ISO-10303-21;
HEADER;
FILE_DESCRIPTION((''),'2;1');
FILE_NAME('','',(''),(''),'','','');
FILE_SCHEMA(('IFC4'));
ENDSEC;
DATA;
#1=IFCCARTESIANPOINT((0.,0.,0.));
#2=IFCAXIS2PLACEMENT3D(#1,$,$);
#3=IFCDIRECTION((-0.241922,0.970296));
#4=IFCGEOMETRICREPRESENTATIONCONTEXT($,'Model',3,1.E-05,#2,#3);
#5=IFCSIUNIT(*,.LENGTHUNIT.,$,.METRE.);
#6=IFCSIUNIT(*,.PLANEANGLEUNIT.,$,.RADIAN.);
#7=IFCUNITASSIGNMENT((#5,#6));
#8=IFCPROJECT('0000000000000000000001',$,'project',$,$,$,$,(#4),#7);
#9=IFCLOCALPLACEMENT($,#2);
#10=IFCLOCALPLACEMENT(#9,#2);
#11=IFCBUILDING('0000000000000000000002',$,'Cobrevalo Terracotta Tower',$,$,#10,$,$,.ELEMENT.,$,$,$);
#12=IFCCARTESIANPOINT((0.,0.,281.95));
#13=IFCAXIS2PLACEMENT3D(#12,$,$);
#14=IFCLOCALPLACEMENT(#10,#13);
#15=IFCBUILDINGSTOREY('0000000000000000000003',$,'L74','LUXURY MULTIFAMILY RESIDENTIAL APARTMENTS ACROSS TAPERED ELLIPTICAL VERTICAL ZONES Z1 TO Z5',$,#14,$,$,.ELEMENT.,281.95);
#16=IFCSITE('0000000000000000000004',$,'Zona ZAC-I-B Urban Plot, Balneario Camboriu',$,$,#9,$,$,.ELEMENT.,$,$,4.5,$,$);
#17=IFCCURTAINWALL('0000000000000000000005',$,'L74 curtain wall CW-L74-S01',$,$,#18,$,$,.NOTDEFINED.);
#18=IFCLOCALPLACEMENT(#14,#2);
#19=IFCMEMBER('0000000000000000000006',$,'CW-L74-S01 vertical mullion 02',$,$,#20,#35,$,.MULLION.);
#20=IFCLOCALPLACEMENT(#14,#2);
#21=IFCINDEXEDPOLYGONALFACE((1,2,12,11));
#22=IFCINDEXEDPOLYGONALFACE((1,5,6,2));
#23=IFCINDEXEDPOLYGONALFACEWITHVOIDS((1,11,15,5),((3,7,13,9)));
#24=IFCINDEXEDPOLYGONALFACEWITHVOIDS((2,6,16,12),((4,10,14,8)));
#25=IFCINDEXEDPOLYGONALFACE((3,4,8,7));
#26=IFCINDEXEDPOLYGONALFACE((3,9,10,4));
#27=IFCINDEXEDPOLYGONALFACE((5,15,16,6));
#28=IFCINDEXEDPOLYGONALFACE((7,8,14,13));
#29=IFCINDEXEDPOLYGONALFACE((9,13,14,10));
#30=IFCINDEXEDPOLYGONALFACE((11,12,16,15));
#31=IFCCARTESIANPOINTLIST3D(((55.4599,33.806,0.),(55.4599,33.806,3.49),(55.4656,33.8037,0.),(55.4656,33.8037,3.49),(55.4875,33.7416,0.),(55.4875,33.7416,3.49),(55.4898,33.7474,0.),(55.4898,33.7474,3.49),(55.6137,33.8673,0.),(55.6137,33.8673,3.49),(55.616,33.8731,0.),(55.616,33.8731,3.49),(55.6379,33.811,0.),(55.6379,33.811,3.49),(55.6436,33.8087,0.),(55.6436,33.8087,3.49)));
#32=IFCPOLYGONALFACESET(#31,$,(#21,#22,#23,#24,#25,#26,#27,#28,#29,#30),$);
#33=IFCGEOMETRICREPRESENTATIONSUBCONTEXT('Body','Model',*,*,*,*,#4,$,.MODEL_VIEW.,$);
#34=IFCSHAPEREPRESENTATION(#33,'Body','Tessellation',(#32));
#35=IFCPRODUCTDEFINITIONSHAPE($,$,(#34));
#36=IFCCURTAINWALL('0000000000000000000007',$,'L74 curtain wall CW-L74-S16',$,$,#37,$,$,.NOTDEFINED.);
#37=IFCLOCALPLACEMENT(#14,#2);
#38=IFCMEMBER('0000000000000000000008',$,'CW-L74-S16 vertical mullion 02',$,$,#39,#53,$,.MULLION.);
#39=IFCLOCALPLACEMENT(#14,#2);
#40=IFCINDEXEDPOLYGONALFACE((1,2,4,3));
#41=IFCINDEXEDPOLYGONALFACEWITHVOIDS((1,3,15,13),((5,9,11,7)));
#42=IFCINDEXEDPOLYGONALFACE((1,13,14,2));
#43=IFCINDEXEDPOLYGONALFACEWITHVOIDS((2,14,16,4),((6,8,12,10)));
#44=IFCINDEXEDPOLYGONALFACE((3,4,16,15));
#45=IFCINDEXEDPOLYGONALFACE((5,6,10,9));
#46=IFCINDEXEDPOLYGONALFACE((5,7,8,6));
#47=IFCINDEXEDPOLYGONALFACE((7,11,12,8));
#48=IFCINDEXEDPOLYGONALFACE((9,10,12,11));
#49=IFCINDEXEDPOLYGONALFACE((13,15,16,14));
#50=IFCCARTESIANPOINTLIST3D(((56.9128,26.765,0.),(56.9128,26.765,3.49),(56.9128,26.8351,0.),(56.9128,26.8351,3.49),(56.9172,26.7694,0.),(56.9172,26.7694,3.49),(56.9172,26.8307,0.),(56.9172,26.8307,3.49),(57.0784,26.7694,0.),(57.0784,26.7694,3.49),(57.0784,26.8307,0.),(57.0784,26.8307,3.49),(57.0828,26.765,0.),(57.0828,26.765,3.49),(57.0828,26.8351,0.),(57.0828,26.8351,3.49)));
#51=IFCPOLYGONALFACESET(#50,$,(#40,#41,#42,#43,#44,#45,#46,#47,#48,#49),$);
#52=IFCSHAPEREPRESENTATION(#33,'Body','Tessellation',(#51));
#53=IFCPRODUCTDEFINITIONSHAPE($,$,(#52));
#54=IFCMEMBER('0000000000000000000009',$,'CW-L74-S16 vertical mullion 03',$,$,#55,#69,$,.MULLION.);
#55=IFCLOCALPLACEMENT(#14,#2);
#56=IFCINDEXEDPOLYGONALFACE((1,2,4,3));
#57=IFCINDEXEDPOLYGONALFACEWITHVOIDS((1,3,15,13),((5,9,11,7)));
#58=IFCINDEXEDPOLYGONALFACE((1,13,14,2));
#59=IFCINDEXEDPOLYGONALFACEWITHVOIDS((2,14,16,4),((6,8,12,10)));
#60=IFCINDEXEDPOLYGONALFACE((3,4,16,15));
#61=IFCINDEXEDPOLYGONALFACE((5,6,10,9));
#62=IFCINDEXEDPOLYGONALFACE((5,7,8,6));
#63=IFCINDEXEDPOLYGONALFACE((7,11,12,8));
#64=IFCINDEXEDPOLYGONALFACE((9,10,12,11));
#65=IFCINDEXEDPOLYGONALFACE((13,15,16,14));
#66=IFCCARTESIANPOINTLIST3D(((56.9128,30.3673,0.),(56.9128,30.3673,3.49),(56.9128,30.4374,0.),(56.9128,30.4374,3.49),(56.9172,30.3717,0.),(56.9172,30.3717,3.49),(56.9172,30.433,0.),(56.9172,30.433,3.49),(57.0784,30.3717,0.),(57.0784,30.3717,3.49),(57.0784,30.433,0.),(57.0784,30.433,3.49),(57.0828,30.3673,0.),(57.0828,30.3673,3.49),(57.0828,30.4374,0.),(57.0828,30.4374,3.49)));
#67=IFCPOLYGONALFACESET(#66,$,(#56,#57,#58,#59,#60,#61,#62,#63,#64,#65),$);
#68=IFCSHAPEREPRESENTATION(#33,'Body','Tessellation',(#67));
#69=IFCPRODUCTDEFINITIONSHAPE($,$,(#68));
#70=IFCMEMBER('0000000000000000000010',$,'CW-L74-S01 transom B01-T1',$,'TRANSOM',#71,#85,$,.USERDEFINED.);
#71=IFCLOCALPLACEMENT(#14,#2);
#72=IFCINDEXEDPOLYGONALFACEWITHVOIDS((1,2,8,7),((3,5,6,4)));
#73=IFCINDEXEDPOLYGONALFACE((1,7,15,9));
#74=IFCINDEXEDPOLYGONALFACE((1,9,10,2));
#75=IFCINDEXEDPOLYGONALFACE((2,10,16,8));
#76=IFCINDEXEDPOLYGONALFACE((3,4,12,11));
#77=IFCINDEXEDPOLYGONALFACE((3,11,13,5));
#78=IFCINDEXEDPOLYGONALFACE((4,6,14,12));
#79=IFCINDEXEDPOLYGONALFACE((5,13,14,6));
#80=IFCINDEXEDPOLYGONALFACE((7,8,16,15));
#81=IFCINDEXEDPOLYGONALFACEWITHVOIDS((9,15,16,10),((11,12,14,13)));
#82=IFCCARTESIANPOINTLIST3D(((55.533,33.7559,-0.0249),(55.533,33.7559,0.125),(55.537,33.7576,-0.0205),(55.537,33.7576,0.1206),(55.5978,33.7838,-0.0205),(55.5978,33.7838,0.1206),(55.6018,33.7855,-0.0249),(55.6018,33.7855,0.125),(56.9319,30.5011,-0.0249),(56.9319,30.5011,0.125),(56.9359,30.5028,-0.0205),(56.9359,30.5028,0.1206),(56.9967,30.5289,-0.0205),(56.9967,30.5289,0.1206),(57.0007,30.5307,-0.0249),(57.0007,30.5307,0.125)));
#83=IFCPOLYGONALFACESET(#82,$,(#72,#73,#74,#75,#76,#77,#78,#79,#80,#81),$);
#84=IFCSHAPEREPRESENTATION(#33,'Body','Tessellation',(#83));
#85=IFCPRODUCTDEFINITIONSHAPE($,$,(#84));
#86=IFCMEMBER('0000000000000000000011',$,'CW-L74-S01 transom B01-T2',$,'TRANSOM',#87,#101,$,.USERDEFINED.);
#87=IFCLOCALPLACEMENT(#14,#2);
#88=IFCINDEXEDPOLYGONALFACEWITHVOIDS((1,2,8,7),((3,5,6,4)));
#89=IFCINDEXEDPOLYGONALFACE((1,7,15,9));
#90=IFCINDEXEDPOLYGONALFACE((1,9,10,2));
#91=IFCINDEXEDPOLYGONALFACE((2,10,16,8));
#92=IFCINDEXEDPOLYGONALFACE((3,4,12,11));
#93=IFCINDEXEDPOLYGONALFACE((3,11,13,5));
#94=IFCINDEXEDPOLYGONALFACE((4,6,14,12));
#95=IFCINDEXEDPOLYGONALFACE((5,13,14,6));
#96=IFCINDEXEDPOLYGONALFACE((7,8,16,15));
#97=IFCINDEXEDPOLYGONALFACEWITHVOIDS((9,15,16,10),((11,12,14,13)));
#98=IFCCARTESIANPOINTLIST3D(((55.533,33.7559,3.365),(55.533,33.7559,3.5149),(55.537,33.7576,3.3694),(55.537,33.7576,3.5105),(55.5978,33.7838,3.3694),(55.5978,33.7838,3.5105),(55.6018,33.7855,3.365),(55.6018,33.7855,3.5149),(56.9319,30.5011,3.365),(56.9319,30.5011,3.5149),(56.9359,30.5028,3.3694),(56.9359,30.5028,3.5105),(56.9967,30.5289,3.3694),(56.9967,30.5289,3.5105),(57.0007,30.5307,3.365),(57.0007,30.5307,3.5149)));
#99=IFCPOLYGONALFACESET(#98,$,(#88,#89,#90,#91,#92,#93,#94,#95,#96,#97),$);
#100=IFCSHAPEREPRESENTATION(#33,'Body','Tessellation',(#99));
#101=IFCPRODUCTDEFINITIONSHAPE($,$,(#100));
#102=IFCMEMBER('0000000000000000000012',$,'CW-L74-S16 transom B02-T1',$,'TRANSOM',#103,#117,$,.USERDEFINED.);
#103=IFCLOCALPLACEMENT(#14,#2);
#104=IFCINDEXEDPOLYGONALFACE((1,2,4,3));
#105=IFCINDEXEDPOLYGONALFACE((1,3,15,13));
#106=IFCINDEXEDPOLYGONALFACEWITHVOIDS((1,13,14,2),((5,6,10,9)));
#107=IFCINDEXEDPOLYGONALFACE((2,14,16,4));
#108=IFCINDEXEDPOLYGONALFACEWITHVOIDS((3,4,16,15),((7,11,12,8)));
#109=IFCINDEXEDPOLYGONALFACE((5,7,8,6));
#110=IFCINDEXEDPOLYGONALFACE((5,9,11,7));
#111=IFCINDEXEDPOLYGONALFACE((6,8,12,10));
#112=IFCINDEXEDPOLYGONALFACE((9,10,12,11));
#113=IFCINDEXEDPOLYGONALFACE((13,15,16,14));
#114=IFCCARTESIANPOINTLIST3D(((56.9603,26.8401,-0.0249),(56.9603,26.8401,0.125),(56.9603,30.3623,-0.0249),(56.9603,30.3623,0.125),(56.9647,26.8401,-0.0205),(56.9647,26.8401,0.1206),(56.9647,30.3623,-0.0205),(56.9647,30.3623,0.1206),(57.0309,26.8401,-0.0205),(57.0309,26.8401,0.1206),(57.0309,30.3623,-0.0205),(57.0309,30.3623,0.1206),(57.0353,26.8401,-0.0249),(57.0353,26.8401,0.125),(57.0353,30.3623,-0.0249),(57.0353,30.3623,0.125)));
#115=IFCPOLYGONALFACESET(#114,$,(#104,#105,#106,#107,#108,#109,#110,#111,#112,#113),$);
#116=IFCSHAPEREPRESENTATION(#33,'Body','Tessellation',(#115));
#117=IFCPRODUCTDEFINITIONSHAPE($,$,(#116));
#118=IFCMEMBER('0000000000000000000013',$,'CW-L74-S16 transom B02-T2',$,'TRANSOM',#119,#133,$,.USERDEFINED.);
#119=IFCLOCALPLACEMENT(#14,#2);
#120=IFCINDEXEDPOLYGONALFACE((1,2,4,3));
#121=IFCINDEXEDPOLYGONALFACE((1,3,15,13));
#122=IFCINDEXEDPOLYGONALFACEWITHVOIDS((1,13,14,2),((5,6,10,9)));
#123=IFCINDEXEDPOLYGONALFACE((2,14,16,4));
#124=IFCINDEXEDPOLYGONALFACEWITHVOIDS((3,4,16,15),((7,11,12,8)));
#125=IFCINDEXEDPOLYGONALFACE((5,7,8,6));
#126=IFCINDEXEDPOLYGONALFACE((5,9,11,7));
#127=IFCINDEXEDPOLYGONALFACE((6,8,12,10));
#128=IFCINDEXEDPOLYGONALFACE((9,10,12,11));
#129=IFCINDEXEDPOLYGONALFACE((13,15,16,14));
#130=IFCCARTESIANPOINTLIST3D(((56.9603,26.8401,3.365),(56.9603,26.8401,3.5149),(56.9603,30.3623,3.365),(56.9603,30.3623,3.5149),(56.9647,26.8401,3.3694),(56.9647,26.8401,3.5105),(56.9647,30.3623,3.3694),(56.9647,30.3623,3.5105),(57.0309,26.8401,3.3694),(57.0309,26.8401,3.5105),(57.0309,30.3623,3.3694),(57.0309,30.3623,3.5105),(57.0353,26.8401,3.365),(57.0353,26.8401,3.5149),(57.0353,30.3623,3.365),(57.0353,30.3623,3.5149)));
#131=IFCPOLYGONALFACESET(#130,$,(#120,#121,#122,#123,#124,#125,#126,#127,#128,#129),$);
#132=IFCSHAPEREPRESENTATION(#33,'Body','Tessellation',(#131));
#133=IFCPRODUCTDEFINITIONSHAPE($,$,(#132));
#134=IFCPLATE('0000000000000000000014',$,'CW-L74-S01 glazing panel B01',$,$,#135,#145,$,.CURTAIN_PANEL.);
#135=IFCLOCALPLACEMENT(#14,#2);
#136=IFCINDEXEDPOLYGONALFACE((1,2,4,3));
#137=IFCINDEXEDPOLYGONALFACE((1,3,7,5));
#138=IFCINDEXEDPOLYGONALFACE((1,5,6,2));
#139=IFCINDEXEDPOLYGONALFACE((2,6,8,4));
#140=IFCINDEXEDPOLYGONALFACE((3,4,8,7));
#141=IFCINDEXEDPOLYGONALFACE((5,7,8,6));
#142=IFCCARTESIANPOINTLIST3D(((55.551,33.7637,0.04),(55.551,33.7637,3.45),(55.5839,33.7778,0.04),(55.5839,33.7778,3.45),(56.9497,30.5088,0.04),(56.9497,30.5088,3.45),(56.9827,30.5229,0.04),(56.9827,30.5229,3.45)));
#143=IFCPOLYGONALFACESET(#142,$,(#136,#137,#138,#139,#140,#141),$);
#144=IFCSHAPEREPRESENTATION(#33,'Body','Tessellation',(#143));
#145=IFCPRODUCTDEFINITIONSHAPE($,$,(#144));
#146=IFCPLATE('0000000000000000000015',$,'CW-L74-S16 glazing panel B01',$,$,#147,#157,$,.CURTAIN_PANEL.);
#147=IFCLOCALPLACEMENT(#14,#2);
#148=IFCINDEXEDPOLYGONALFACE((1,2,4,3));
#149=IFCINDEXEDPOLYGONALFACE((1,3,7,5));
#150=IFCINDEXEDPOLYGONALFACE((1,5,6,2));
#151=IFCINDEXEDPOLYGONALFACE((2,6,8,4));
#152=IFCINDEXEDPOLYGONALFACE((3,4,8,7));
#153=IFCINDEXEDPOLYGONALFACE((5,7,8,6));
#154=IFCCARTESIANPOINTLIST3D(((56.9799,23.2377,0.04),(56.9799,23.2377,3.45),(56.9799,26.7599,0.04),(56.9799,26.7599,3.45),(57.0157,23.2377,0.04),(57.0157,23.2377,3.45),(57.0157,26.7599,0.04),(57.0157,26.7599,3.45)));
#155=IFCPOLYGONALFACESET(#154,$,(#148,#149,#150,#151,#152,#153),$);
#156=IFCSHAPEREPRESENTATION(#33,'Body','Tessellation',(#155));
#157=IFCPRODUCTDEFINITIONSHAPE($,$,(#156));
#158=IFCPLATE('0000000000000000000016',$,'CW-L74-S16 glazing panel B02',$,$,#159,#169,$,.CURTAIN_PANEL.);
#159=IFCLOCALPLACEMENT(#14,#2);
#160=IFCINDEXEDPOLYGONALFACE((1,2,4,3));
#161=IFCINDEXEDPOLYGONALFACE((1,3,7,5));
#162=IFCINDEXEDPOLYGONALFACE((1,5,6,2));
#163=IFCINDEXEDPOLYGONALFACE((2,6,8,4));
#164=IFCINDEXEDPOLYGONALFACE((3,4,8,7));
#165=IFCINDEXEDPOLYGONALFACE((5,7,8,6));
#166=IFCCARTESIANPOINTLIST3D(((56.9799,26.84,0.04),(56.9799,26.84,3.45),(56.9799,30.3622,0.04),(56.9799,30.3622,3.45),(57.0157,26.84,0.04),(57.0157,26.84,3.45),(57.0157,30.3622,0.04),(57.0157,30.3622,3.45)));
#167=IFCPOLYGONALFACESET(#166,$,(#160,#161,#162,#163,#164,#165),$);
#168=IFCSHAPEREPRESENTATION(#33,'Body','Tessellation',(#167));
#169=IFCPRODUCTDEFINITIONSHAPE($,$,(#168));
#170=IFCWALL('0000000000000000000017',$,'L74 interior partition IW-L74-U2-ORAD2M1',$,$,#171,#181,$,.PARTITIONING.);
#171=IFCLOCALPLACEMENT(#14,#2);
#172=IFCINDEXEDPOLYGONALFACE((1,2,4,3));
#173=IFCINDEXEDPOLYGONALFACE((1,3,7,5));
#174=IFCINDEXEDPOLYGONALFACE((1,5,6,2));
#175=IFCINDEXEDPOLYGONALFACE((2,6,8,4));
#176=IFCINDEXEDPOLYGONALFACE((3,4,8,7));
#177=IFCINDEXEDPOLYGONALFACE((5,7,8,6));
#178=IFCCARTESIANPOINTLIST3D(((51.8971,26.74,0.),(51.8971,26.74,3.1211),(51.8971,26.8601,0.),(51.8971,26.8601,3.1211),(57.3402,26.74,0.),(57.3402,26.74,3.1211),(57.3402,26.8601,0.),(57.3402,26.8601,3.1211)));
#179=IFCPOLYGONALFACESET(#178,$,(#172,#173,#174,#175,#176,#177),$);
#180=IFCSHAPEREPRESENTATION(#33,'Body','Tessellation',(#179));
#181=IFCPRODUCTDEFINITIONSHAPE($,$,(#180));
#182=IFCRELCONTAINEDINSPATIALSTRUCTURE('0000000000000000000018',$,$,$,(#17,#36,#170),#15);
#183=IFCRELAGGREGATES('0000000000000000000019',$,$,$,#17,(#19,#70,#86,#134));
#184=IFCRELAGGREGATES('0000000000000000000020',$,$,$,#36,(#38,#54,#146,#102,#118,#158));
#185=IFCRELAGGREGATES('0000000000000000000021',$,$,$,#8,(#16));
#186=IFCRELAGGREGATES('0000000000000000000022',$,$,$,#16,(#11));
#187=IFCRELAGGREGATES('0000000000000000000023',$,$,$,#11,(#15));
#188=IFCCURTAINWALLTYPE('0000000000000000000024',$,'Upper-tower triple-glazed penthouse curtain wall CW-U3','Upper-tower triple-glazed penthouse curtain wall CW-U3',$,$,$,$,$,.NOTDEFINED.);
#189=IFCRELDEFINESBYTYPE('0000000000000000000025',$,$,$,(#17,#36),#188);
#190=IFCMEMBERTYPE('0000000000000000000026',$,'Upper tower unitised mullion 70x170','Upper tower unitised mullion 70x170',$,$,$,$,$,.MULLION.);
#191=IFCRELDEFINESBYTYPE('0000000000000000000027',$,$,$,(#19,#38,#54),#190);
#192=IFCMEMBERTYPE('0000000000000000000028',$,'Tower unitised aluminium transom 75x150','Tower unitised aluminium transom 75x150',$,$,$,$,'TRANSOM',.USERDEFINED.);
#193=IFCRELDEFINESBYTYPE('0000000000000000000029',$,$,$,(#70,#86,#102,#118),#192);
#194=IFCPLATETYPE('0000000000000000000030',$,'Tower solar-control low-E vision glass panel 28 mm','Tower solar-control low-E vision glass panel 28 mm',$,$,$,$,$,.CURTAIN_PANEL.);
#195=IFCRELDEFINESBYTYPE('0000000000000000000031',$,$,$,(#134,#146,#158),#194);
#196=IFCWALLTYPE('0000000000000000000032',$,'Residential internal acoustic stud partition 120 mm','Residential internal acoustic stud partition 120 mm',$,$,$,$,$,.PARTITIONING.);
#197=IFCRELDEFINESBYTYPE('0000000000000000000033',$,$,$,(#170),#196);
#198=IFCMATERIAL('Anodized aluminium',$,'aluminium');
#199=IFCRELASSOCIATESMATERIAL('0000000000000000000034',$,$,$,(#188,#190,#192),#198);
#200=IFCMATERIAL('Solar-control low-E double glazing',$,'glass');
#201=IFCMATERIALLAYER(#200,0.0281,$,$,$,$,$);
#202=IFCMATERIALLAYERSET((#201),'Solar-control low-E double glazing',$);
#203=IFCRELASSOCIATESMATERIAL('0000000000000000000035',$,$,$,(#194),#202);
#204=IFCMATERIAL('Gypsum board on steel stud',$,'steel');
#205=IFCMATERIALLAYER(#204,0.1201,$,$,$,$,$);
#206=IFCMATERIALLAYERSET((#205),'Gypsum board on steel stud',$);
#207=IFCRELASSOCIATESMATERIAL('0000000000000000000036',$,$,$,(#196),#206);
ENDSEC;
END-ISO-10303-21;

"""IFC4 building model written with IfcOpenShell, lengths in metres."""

from ifc_helpers import new_model, si_unit, direction, frame, frame_2d, origin, origin_2d, place, context, subcontext, project, spatial, rectangle, hollow_rectangle, extrude, source, transform, mapped, material, layer, layer_set, material_profile, profile_set, type_object, element, aggregate, save


model = new_model("IFC4")

# Units and contexts
model_context = context("Model", 3, precision=1e-05, world=origin(), true_north=direction((-0.241922, 0.970296)))
body_context = subcontext(model_context, "Body", "Model", "MODEL_VIEW")
ifc_project = project(units=[si_unit("LENGTHUNIT", "METRE"), si_unit("PLANEANGLEUNIT", "RADIAN")], contexts=[model_context])

# Site, building, storey
site_placement = place(None, origin())
site = spatial("IfcSite", under=ifc_project, at=site_placement, Name="Zona ZAC-I-B Urban Plot, Balneario Camboriu", CompositionType="ELEMENT", RefElevation=4.5)
building_placement = place(site_placement, origin())
building = spatial("IfcBuilding", under=site, at=building_placement, Name="Cobrevalo Terracotta Tower", CompositionType="ELEMENT")
storey_placement = place(building_placement, frame((0.0, 0.0, 281.95)))
storey = spatial("IfcBuildingStorey", under=building, at=storey_placement, Name="L74", Description="LUXURY MULTIFAMILY RESIDENTIAL APARTMENTS ACROSS TAPERED ELLIPTICAL VERTICAL ZONES Z1 TO Z5", CompositionType="ELEMENT", Elevation=281.95)

# Curtain walls, members
ifc_material_1 = material(Name="Anodized aluminium", Category="aluminium")
curtain_wall_type = type_object("IfcCurtainWallType", Name="Upper-tower triple-glazed penthouse curtain wall CW-U3", Description="Upper-tower triple-glazed penthouse curtain wall CW-U3", PredefinedType="NOTDEFINED", material=ifc_material_1)
curtain_wall_1_placement = place(storey_placement, origin())
curtain_wall_1 = element("IfcCurtainWall", 1, at=curtain_wall_1_placement, inside=storey, type_object=curtain_wall_type, Name="L74 curtain wall CW-L74-S01", PredefinedType="NOTDEFINED")
ifc_material_profile_1 = material_profile(ifc_material_1, hollow_rectangle(XDim=0.0701, YDim=0.1699, WallThickness=0.0044, at=origin_2d()), Name="CWM 70x170")
ifc_profile_set_1 = profile_set([ifc_material_profile_1], Name="Anodized aluminium")
member_type_1 = type_object("IfcMemberType", Name="Upper tower unitised mullion 70x170", Description="Upper tower unitised mullion 70x170", PredefinedType="MULLION", material=ifc_profile_set_1)
shared_shape_1 = source(origin(), body_context, "Body", "SweptSolid", [
    extrude(hollow_rectangle(XDim=0.0701, YDim=0.1699, WallThickness=0.0044, at=origin_2d()), origin(), (0.0, 0.0, 1.0), 3.49),
])
member_1_placement = place(storey_placement, frame((55.5518, 33.8074, 0.0), z_axis=(0.0, 0.0, 1.0), x_axis=(-0.394824, 0.918757, 0.0)))
member_1 = element("IfcMember", 2, at=member_1_placement, type_object=member_type_1, Name="CW-L74-S01 vertical mullion 02", PredefinedType="MULLION", context=body_context, shape_type="MappedRepresentation", body=[
    mapped(shared_shape_1, transform((0.0, 0.0, 0.0), scale=1.0)),
])
curtain_wall_2_placement = place(storey_placement, origin())
curtain_wall_2 = element("IfcCurtainWall", 3, at=curtain_wall_2_placement, inside=storey, type_object=curtain_wall_type, Name="L74 curtain wall CW-L74-S16", PredefinedType="NOTDEFINED")
member_2_placement = place(storey_placement, frame((56.9978, 26.8, 0.0), z_axis=(0.0, 0.0, 1.0), x_axis=(0.0, 1.0, 0.0)))
member_2 = element("IfcMember", 4, at=member_2_placement, type_object=member_type_1, Name="CW-L74-S16 vertical mullion 02", PredefinedType="MULLION", context=body_context, shape_type="MappedRepresentation", body=[
    mapped(shared_shape_1, transform((0.0, 0.0, 0.0), scale=1.0)),
])
member_3_placement = place(storey_placement, frame((56.9978, 30.4023, 0.0), z_axis=(0.0, 0.0, 1.0), x_axis=(0.0, 1.0, 0.0)))
member_3 = element("IfcMember", 5, at=member_3_placement, type_object=member_type_1, Name="CW-L74-S16 vertical mullion 03", PredefinedType="MULLION", context=body_context, shape_type="MappedRepresentation", body=[
    mapped(shared_shape_1, transform((0.0, 0.0, 0.0), scale=1.0)),
])

# Members
ifc_material_profile_2 = material_profile(ifc_material_1, hollow_rectangle(XDim=0.075, YDim=0.1499, WallThickness=0.0044, at=origin_2d()), Name="CWT 75x150")
ifc_profile_set_2 = profile_set([ifc_material_profile_2], Name="Anodized aluminium")
member_type_2 = type_object("IfcMemberType", Name="Tower unitised aluminium transom 75x150", Description="Tower unitised aluminium transom 75x150", ElementType="TRANSOM", PredefinedType="USERDEFINED", material=ifc_profile_set_2)
shared_shape_2 = source(origin(), body_context, "Body", "SweptSolid", [
    extrude(hollow_rectangle(XDim=0.075, YDim=0.1499, WallThickness=0.0044, at=origin_2d()), origin(), (0.0, 0.0, 1.0), 3.5427),
])
member_4_placement = place(storey_placement, frame((56.9663, 30.5159, 0.05), z_axis=(-0.394867, 0.918738, 0.0), x_axis=(-0.918738, -0.394867, 0.0)))
member_4 = element("IfcMember", 6, at=member_4_placement, type_object=member_type_2, Name="CW-L74-S01 transom B01-T1", ObjectType="TRANSOM", PredefinedType="USERDEFINED", context=body_context, shape_type="MappedRepresentation", body=[
    mapped(shared_shape_2, transform((0.0, 0.0, 0.0), scale=1.0)),
])
member_5_placement = place(storey_placement, frame((56.9663, 30.5159, 3.4399), z_axis=(-0.394867, 0.918738, 0.0), x_axis=(-0.918738, -0.394867, 0.0)))
member_5 = element("IfcMember", 7, at=member_5_placement, type_object=member_type_2, Name="CW-L74-S01 transom B01-T2", ObjectType="TRANSOM", PredefinedType="USERDEFINED", context=body_context, shape_type="MappedRepresentation", body=[
    mapped(shared_shape_2, transform((0.0, 0.0, 0.0), scale=1.0)),
])
shared_shape_3 = source(origin(), body_context, "Body", "SweptSolid", [
    extrude(hollow_rectangle(XDim=0.075, YDim=0.1499, WallThickness=0.0044, at=origin_2d()), origin(), (0.0, 0.0, 1.0), 3.5222),
])
member_6_placement = place(storey_placement, frame((56.9978, 26.8401, 0.05), z_axis=(0.0, 1.0, 0.0), x_axis=(-1.0, 0.0, 0.0)))
member_6 = element("IfcMember", 8, at=member_6_placement, type_object=member_type_2, Name="CW-L74-S16 transom B02-T1", ObjectType="TRANSOM", PredefinedType="USERDEFINED", context=body_context, shape_type="MappedRepresentation", body=[
    mapped(shared_shape_3, transform((0.0, 0.0, 0.0), scale=1.0)),
])
member_7_placement = place(storey_placement, frame((56.9978, 26.8401, 3.4399), z_axis=(0.0, 1.0, 0.0), x_axis=(-1.0, 0.0, 0.0)))
member_7 = element("IfcMember", 9, at=member_7_placement, type_object=member_type_2, Name="CW-L74-S16 transom B02-T2", ObjectType="TRANSOM", PredefinedType="USERDEFINED", context=body_context, shape_type="MappedRepresentation", body=[
    mapped(shared_shape_3, transform((0.0, 0.0, 0.0), scale=1.0)),
])

# Plates
ifc_material_2 = material(Name="Solar-control low-E double glazing", Category="glass")
ifc_layer_1 = layer(ifc_material_2, 0.0281)
ifc_layer_set_1 = layer_set([ifc_layer_1], Name="Solar-control low-E double glazing")
plate_type = type_object("IfcPlateType", Name="Tower solar-control low-E vision glass panel 28 mm", Description="Tower solar-control low-E vision glass panel 28 mm", PredefinedType="CURTAIN_PANEL", material=ifc_layer_set_1)
shared_shape_4 = source(origin(), body_context, "Body", "SweptSolid", [
    extrude(rectangle(XDim=3.5427, YDim=0.0359, at=origin_2d()), origin(), (0.0, 0.0, 1.0), 3.4099),
])
plate_1_placement = place(storey_placement, frame((56.2668, 32.1433, 0.04), z_axis=(0.0, 0.0, 1.0), x_axis=(-0.394829, 0.918755, 0.0)))
plate_1 = element("IfcPlate", 10, at=plate_1_placement, type_object=plate_type, Name="CW-L74-S01 glazing panel B01", PredefinedType="CURTAIN_PANEL", context=body_context, shape_type="MappedRepresentation", body=[
    mapped(shared_shape_4, transform((0.0, 0.0, 0.0), scale=1.0)),
])
aggregate(curtain_wall_1, [member_1, member_4, member_5, plate_1])
shared_shape_5 = source(origin(), body_context, "Body", "SweptSolid", [
    extrude(rectangle(XDim=3.5222, YDim=0.0359, at=origin_2d()), origin(), (0.0, 0.0, 1.0), 3.4099),
])
plate_2_placement = place(storey_placement, frame((56.9978, 24.9988, 0.04), z_axis=(0.0, 0.0, 1.0), x_axis=(0.0, 1.0, 0.0)))
plate_2 = element("IfcPlate", 11, at=plate_2_placement, type_object=plate_type, Name="CW-L74-S16 glazing panel B01", PredefinedType="CURTAIN_PANEL", context=body_context, shape_type="MappedRepresentation", body=[
    mapped(shared_shape_5, transform((0.0, 0.0, 0.0), scale=1.0)),
])
plate_3_placement = place(storey_placement, frame((56.9978, 28.6011, 0.04), z_axis=(0.0, 0.0, 1.0), x_axis=(0.0, 1.0, 0.0)))
plate_3 = element("IfcPlate", 12, at=plate_3_placement, type_object=plate_type, Name="CW-L74-S16 glazing panel B02", PredefinedType="CURTAIN_PANEL", context=body_context, shape_type="MappedRepresentation", body=[
    mapped(shared_shape_5, transform((0.0, 0.0, 0.0), scale=1.0)),
])
aggregate(curtain_wall_2, [member_2, member_3, plate_2, member_6, member_7, plate_3])

# Wall
ifc_material_3 = material(Name="Gypsum board on steel stud", Category="steel")
ifc_layer_2 = layer(ifc_material_3, 0.1201)
ifc_layer_set_2 = layer_set([ifc_layer_2], Name="Gypsum board on steel stud")
wall_type = type_object("IfcWallType", Name="Residential internal acoustic stud partition 120 mm", Description="Residential internal acoustic stud partition 120 mm", PredefinedType="PARTITIONING", material=ifc_layer_set_2)
wall_1_placement = place(storey_placement, frame((51.897, 26.8, 0.0), z_axis=(0.0, 0.0, 1.0), x_axis=(1.0, 0.0, 0.0)))
element("IfcWall", 13, at=wall_1_placement, inside=storey, type_object=wall_type, Name="L74 interior partition IW-L74-U2-ORAD2M1", PredefinedType="PARTITIONING", context=body_context, shape_type="SweptSolid", body=[
    extrude(rectangle(XDim=5.4431, YDim=0.1201, at=frame_2d((2.7217, 0.0))), origin(), (0.0, 0.0, 1.0), 3.1211),
])

save(model, "model.ifc")
